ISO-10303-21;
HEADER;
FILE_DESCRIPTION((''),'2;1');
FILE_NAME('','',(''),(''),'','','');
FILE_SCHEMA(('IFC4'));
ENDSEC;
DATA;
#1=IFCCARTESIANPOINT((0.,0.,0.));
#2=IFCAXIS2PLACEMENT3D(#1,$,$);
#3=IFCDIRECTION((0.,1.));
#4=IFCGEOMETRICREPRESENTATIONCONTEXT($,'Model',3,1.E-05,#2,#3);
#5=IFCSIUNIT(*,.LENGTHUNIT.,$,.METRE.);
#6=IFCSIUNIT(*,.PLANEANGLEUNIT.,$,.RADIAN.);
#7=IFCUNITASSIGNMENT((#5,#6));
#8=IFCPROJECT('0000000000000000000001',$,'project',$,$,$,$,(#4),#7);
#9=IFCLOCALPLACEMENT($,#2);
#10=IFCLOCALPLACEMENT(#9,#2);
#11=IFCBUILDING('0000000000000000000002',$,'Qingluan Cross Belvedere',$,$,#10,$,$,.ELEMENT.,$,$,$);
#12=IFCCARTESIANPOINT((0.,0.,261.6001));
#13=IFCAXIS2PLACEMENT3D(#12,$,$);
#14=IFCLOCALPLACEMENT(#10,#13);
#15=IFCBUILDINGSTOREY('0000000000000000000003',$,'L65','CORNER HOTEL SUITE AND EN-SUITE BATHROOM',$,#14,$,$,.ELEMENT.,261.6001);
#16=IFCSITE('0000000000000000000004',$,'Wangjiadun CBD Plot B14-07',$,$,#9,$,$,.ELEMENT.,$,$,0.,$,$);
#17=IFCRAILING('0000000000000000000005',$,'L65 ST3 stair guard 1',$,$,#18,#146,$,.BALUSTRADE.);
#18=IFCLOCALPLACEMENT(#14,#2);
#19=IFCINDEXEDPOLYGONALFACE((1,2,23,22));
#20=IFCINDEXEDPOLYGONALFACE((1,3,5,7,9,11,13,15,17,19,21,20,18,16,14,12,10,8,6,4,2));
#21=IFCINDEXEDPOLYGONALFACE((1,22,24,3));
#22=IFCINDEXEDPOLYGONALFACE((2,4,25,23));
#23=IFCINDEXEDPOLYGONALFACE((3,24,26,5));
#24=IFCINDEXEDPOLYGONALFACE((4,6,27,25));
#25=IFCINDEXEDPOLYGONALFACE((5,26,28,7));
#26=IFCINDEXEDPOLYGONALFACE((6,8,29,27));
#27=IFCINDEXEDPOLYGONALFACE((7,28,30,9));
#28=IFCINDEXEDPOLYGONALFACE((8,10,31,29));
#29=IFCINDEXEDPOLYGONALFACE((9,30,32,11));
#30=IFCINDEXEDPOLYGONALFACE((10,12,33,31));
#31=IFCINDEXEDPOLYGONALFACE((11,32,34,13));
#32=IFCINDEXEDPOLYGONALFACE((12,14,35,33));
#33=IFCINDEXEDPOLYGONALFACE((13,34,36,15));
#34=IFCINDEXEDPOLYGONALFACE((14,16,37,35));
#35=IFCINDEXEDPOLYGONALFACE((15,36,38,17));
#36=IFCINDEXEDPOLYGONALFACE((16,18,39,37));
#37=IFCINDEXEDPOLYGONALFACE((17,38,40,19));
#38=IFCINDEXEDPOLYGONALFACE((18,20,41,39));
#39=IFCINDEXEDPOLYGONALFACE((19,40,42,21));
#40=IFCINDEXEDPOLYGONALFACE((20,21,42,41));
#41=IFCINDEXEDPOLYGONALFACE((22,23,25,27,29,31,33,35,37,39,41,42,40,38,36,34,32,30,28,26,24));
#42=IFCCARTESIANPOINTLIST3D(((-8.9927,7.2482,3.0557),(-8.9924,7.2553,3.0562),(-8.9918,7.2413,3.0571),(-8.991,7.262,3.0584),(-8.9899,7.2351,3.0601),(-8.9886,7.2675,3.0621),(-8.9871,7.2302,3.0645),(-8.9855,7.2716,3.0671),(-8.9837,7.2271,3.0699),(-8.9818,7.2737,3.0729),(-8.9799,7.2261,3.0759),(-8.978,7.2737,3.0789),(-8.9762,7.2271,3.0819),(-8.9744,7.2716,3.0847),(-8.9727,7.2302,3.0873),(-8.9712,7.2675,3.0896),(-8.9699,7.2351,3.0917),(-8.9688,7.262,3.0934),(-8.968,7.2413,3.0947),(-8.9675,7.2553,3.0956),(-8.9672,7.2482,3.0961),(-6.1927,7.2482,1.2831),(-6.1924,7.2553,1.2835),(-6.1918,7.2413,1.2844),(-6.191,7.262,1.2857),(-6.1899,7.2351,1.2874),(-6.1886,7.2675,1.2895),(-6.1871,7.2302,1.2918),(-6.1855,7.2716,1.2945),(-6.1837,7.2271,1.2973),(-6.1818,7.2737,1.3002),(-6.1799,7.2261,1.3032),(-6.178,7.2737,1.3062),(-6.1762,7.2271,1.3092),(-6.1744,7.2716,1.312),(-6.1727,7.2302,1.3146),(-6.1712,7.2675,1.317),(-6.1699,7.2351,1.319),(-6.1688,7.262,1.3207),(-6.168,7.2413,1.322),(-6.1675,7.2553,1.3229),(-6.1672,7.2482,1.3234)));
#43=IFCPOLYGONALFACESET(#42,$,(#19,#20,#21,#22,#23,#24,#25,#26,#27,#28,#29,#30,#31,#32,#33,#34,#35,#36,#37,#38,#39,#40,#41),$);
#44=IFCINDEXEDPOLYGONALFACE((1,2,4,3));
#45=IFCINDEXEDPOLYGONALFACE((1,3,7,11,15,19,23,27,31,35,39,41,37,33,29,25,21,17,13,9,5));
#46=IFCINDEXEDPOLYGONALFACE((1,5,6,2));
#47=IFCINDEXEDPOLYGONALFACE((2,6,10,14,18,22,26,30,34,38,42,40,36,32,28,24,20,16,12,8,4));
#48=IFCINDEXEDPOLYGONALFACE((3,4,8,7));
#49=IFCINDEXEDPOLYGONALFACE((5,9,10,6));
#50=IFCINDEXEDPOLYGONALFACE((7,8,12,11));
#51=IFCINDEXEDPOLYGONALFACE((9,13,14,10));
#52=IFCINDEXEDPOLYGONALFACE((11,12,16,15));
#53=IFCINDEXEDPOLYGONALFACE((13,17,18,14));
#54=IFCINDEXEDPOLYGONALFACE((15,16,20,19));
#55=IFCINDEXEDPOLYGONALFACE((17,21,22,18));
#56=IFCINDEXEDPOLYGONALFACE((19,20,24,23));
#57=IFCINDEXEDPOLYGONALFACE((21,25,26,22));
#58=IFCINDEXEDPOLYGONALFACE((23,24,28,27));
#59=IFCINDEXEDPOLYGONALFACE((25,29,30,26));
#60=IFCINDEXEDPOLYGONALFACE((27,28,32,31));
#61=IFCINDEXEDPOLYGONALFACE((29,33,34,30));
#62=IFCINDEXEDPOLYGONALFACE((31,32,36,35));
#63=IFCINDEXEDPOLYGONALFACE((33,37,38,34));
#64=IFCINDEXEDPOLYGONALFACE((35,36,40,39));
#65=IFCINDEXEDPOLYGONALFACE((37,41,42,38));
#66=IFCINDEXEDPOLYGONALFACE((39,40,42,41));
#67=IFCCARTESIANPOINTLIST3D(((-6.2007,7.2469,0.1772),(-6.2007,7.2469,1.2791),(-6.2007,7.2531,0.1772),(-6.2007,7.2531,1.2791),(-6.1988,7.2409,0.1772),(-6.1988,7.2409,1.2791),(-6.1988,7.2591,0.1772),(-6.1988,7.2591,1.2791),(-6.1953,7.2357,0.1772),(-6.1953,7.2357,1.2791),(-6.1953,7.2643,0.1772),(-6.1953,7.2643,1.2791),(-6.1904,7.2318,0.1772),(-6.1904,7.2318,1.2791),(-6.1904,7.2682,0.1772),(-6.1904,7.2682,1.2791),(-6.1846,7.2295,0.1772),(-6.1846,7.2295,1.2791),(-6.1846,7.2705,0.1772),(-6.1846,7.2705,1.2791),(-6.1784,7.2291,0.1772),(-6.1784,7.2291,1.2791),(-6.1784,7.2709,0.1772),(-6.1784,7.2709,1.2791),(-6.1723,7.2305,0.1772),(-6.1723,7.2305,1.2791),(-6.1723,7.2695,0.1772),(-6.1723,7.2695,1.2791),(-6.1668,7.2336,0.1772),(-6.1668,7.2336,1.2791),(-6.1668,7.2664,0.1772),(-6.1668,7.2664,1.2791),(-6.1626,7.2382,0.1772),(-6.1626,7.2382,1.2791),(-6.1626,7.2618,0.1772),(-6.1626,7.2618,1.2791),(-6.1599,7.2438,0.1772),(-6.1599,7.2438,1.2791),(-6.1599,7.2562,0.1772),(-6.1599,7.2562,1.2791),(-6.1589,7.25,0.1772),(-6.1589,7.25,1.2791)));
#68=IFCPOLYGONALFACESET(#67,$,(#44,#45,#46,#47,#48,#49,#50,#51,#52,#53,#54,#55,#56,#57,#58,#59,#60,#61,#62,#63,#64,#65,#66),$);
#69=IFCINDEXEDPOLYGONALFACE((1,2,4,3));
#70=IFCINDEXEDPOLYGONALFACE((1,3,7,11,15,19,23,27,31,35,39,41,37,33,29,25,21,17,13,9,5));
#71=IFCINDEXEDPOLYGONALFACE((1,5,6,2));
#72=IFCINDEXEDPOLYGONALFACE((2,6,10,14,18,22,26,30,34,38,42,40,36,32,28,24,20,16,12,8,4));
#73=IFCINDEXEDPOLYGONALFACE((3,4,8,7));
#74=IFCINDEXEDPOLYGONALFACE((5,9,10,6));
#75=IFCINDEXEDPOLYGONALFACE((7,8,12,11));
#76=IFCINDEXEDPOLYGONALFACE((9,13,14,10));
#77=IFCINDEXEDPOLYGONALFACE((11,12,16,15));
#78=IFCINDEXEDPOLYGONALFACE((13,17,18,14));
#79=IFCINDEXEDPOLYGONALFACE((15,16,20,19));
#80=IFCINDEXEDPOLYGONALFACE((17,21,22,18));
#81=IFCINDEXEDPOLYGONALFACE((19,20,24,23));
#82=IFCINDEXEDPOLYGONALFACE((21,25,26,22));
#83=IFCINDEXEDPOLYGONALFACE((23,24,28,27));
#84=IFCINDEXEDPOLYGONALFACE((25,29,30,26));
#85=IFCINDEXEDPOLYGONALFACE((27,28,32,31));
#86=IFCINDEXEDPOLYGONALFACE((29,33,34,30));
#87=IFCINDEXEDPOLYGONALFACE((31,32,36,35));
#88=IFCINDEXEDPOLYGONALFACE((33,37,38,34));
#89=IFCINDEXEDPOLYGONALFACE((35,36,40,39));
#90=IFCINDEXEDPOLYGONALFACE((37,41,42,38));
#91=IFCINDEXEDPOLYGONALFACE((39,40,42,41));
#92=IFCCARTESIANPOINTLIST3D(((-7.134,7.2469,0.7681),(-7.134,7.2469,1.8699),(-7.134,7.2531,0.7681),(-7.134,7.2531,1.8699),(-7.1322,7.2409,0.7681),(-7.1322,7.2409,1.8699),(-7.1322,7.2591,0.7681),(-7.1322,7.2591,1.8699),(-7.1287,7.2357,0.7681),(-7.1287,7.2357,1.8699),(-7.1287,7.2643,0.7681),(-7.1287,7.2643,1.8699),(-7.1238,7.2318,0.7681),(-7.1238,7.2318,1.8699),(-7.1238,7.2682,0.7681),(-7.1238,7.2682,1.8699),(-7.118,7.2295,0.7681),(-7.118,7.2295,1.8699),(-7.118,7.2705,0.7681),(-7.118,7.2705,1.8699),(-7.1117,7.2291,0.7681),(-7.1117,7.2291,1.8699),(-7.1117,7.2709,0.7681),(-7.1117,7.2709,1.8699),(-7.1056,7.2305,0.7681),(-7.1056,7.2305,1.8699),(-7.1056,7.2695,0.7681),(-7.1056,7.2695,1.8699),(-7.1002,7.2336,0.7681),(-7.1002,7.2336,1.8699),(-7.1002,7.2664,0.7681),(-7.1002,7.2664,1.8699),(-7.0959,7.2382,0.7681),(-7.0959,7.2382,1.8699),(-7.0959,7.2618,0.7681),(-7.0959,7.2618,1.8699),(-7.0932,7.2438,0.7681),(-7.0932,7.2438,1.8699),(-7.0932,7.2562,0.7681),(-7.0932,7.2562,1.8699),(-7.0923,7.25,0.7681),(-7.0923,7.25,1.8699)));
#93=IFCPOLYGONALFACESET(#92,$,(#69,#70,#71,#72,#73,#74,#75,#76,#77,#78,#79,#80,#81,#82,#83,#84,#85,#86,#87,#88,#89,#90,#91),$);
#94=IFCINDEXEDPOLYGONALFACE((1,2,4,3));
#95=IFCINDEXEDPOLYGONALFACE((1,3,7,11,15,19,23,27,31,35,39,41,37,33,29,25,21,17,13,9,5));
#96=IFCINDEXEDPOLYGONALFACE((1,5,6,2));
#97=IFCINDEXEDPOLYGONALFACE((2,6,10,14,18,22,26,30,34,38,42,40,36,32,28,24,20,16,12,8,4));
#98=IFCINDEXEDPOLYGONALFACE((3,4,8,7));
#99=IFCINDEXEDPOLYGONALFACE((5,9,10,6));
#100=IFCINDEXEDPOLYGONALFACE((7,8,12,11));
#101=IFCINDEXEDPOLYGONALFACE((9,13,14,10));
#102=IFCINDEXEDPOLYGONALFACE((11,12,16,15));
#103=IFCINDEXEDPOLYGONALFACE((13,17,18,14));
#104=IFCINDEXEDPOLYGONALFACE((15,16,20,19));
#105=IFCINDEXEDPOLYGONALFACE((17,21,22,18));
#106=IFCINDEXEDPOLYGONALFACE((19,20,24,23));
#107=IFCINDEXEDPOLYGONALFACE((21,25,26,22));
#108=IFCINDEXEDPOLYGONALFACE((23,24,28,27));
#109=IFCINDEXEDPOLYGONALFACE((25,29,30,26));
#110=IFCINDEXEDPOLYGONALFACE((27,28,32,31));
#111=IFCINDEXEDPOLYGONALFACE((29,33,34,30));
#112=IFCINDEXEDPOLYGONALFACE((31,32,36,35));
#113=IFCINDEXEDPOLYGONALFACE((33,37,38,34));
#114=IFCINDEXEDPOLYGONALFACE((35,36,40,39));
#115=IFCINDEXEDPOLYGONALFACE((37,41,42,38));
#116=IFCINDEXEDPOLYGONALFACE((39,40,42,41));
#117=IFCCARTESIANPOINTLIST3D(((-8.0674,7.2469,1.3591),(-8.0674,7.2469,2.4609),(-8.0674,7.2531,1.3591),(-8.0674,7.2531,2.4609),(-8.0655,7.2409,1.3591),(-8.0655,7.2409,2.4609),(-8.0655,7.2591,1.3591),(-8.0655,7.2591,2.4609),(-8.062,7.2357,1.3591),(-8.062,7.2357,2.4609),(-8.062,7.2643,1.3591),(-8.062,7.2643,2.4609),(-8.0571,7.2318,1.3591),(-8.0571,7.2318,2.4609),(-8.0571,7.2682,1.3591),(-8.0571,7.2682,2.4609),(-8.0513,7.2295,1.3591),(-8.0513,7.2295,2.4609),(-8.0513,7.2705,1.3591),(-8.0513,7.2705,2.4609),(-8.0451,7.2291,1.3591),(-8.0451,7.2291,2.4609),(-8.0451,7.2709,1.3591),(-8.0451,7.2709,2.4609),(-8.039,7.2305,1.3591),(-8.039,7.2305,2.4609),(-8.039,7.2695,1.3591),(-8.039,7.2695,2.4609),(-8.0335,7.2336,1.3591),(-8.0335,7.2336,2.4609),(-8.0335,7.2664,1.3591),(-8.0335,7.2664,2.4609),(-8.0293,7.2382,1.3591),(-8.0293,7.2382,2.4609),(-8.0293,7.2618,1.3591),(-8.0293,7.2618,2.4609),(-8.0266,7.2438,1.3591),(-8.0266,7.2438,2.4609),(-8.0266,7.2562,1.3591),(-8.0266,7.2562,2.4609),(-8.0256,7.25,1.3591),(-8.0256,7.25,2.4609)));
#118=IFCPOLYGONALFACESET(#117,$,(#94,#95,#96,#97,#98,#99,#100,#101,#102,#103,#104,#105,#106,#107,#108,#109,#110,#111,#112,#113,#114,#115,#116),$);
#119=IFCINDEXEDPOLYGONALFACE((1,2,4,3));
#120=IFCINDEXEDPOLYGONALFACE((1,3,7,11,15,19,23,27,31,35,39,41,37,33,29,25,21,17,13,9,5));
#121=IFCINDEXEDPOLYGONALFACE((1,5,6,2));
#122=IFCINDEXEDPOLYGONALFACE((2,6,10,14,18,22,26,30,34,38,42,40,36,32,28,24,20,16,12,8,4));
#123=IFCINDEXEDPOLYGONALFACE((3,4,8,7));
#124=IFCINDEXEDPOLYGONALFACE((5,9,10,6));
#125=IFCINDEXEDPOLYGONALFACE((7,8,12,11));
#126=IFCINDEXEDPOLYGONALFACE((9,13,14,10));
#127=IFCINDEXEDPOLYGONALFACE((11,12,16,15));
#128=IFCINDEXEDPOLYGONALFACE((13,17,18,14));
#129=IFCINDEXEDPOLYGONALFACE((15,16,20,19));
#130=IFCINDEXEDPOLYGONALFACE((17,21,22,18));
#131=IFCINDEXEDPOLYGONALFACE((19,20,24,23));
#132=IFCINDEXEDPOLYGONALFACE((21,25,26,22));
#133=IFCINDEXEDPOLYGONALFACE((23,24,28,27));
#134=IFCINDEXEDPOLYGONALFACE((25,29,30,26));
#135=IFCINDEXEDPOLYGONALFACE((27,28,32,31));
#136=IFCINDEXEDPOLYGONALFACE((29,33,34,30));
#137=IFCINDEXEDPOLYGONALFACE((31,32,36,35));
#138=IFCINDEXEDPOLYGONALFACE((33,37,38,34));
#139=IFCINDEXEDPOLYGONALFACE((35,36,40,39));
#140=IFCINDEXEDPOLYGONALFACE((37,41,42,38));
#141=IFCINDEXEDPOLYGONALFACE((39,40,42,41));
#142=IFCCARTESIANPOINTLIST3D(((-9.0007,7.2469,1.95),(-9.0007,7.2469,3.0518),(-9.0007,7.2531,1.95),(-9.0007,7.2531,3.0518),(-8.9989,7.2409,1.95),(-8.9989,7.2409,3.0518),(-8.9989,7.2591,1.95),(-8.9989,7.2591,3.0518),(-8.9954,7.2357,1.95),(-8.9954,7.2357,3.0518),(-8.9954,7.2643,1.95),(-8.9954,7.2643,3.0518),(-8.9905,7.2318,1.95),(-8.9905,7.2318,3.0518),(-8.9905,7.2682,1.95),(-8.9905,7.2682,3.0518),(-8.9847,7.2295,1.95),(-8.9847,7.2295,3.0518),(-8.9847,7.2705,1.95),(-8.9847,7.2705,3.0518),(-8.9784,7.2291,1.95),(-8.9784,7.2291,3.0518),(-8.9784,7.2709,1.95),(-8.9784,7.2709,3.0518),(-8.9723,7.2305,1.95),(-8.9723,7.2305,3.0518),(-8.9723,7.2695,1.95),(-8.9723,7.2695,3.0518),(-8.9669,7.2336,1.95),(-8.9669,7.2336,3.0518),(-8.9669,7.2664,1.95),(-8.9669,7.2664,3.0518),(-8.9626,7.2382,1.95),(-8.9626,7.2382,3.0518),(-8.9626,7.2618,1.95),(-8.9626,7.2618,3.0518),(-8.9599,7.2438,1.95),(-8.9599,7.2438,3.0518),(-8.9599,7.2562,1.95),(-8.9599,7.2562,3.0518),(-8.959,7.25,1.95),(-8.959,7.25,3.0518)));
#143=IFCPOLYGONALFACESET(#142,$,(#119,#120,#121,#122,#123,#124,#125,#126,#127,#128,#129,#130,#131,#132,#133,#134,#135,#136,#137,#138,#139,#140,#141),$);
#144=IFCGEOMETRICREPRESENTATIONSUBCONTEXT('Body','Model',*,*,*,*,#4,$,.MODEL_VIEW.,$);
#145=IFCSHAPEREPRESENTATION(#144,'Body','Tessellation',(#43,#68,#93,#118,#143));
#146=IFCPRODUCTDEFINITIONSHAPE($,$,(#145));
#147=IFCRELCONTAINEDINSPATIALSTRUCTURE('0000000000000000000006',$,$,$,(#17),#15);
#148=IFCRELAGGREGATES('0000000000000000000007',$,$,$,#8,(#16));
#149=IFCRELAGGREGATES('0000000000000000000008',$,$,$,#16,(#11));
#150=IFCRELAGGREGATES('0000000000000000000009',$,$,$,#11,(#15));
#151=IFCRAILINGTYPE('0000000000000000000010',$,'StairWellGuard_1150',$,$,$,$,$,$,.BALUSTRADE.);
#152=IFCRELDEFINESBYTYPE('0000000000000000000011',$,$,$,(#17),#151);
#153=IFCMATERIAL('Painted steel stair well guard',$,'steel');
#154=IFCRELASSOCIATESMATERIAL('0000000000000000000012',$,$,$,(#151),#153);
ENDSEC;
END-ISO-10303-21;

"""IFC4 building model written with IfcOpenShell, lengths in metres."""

from ifc_helpers import new_model, si_unit, direction, frame, origin, origin_2d, place, context, subcontext, project, spatial, circle, extrude, material, type_object, element, save


model = new_model("IFC4")

# Units and contexts
model_context = context("Model", 3, precision=1e-05, world=origin(), true_north=direction((0.0, 1.0)))
body_context = subcontext(model_context, "Body", "Model", "MODEL_VIEW")
ifc_project = project(units=[si_unit("LENGTHUNIT", "METRE"), si_unit("PLANEANGLEUNIT", "RADIAN")], contexts=[model_context])

# Site, building, storey
site_placement = place(None, origin())
site = spatial("IfcSite", under=ifc_project, at=site_placement, Name="Wangjiadun CBD Plot B14-07", CompositionType="ELEMENT", RefElevation=0.0)
building_placement = place(site_placement, origin())
building = spatial("IfcBuilding", under=site, at=building_placement, Name="Qingluan Cross Belvedere", CompositionType="ELEMENT")
storey_placement = place(building_placement, frame((0.0, 0.0, 261.6001)))
storey = spatial("IfcBuildingStorey", under=building, at=storey_placement, Name="L65", Description="CORNER HOTEL SUITE AND EN-SUITE BATHROOM", CompositionType="ELEMENT", Elevation=261.6001)

# Railing
ifc_material_1 = material(Name="Painted steel stair well guard", Category="steel")
railing_type_1 = type_object("IfcRailingType", Name="StairWellGuard_1150", PredefinedType="BALUSTRADE", material=ifc_material_1)
railing_1_placement = place(storey_placement, frame((-6.1799, 7.25, 0.1772)))
element("IfcRailing", 1, at=railing_1_placement, inside=storey, type_object=railing_type_1, Name="L65 ST3 stair guard 1", PredefinedType="BALUSTRADE", context=body_context, shape_type="SweptSolid", body=[
    extrude(circle(Radius=0.0239, at=origin_2d()), frame((0.0, 0.0, 1.126), z_axis=(-0.844909, 0.0, 0.53491), x_axis=(0.0, -1.0, 0.0)), (0.0, 0.0, 1.0), 3.314),
    extrude(circle(Radius=0.021, at=origin_2d()), origin(), (0.0, 0.0, 1.0), 1.1018),
    extrude(circle(Radius=0.021, at=origin_2d()), frame((-0.9333, 0.0, 0.5908)), (0.0, 0.0, 1.0), 1.1018),
    extrude(circle(Radius=0.021, at=origin_2d()), frame((-1.8667, 0.0, 1.1819)), (0.0, 0.0, 1.0), 1.1018),
    extrude(circle(Radius=0.021, at=origin_2d()), frame((-2.8, 0.0, 1.7727)), (0.0, 0.0, 1.0), 1.1018),
])

save(model, "model.ifc")
